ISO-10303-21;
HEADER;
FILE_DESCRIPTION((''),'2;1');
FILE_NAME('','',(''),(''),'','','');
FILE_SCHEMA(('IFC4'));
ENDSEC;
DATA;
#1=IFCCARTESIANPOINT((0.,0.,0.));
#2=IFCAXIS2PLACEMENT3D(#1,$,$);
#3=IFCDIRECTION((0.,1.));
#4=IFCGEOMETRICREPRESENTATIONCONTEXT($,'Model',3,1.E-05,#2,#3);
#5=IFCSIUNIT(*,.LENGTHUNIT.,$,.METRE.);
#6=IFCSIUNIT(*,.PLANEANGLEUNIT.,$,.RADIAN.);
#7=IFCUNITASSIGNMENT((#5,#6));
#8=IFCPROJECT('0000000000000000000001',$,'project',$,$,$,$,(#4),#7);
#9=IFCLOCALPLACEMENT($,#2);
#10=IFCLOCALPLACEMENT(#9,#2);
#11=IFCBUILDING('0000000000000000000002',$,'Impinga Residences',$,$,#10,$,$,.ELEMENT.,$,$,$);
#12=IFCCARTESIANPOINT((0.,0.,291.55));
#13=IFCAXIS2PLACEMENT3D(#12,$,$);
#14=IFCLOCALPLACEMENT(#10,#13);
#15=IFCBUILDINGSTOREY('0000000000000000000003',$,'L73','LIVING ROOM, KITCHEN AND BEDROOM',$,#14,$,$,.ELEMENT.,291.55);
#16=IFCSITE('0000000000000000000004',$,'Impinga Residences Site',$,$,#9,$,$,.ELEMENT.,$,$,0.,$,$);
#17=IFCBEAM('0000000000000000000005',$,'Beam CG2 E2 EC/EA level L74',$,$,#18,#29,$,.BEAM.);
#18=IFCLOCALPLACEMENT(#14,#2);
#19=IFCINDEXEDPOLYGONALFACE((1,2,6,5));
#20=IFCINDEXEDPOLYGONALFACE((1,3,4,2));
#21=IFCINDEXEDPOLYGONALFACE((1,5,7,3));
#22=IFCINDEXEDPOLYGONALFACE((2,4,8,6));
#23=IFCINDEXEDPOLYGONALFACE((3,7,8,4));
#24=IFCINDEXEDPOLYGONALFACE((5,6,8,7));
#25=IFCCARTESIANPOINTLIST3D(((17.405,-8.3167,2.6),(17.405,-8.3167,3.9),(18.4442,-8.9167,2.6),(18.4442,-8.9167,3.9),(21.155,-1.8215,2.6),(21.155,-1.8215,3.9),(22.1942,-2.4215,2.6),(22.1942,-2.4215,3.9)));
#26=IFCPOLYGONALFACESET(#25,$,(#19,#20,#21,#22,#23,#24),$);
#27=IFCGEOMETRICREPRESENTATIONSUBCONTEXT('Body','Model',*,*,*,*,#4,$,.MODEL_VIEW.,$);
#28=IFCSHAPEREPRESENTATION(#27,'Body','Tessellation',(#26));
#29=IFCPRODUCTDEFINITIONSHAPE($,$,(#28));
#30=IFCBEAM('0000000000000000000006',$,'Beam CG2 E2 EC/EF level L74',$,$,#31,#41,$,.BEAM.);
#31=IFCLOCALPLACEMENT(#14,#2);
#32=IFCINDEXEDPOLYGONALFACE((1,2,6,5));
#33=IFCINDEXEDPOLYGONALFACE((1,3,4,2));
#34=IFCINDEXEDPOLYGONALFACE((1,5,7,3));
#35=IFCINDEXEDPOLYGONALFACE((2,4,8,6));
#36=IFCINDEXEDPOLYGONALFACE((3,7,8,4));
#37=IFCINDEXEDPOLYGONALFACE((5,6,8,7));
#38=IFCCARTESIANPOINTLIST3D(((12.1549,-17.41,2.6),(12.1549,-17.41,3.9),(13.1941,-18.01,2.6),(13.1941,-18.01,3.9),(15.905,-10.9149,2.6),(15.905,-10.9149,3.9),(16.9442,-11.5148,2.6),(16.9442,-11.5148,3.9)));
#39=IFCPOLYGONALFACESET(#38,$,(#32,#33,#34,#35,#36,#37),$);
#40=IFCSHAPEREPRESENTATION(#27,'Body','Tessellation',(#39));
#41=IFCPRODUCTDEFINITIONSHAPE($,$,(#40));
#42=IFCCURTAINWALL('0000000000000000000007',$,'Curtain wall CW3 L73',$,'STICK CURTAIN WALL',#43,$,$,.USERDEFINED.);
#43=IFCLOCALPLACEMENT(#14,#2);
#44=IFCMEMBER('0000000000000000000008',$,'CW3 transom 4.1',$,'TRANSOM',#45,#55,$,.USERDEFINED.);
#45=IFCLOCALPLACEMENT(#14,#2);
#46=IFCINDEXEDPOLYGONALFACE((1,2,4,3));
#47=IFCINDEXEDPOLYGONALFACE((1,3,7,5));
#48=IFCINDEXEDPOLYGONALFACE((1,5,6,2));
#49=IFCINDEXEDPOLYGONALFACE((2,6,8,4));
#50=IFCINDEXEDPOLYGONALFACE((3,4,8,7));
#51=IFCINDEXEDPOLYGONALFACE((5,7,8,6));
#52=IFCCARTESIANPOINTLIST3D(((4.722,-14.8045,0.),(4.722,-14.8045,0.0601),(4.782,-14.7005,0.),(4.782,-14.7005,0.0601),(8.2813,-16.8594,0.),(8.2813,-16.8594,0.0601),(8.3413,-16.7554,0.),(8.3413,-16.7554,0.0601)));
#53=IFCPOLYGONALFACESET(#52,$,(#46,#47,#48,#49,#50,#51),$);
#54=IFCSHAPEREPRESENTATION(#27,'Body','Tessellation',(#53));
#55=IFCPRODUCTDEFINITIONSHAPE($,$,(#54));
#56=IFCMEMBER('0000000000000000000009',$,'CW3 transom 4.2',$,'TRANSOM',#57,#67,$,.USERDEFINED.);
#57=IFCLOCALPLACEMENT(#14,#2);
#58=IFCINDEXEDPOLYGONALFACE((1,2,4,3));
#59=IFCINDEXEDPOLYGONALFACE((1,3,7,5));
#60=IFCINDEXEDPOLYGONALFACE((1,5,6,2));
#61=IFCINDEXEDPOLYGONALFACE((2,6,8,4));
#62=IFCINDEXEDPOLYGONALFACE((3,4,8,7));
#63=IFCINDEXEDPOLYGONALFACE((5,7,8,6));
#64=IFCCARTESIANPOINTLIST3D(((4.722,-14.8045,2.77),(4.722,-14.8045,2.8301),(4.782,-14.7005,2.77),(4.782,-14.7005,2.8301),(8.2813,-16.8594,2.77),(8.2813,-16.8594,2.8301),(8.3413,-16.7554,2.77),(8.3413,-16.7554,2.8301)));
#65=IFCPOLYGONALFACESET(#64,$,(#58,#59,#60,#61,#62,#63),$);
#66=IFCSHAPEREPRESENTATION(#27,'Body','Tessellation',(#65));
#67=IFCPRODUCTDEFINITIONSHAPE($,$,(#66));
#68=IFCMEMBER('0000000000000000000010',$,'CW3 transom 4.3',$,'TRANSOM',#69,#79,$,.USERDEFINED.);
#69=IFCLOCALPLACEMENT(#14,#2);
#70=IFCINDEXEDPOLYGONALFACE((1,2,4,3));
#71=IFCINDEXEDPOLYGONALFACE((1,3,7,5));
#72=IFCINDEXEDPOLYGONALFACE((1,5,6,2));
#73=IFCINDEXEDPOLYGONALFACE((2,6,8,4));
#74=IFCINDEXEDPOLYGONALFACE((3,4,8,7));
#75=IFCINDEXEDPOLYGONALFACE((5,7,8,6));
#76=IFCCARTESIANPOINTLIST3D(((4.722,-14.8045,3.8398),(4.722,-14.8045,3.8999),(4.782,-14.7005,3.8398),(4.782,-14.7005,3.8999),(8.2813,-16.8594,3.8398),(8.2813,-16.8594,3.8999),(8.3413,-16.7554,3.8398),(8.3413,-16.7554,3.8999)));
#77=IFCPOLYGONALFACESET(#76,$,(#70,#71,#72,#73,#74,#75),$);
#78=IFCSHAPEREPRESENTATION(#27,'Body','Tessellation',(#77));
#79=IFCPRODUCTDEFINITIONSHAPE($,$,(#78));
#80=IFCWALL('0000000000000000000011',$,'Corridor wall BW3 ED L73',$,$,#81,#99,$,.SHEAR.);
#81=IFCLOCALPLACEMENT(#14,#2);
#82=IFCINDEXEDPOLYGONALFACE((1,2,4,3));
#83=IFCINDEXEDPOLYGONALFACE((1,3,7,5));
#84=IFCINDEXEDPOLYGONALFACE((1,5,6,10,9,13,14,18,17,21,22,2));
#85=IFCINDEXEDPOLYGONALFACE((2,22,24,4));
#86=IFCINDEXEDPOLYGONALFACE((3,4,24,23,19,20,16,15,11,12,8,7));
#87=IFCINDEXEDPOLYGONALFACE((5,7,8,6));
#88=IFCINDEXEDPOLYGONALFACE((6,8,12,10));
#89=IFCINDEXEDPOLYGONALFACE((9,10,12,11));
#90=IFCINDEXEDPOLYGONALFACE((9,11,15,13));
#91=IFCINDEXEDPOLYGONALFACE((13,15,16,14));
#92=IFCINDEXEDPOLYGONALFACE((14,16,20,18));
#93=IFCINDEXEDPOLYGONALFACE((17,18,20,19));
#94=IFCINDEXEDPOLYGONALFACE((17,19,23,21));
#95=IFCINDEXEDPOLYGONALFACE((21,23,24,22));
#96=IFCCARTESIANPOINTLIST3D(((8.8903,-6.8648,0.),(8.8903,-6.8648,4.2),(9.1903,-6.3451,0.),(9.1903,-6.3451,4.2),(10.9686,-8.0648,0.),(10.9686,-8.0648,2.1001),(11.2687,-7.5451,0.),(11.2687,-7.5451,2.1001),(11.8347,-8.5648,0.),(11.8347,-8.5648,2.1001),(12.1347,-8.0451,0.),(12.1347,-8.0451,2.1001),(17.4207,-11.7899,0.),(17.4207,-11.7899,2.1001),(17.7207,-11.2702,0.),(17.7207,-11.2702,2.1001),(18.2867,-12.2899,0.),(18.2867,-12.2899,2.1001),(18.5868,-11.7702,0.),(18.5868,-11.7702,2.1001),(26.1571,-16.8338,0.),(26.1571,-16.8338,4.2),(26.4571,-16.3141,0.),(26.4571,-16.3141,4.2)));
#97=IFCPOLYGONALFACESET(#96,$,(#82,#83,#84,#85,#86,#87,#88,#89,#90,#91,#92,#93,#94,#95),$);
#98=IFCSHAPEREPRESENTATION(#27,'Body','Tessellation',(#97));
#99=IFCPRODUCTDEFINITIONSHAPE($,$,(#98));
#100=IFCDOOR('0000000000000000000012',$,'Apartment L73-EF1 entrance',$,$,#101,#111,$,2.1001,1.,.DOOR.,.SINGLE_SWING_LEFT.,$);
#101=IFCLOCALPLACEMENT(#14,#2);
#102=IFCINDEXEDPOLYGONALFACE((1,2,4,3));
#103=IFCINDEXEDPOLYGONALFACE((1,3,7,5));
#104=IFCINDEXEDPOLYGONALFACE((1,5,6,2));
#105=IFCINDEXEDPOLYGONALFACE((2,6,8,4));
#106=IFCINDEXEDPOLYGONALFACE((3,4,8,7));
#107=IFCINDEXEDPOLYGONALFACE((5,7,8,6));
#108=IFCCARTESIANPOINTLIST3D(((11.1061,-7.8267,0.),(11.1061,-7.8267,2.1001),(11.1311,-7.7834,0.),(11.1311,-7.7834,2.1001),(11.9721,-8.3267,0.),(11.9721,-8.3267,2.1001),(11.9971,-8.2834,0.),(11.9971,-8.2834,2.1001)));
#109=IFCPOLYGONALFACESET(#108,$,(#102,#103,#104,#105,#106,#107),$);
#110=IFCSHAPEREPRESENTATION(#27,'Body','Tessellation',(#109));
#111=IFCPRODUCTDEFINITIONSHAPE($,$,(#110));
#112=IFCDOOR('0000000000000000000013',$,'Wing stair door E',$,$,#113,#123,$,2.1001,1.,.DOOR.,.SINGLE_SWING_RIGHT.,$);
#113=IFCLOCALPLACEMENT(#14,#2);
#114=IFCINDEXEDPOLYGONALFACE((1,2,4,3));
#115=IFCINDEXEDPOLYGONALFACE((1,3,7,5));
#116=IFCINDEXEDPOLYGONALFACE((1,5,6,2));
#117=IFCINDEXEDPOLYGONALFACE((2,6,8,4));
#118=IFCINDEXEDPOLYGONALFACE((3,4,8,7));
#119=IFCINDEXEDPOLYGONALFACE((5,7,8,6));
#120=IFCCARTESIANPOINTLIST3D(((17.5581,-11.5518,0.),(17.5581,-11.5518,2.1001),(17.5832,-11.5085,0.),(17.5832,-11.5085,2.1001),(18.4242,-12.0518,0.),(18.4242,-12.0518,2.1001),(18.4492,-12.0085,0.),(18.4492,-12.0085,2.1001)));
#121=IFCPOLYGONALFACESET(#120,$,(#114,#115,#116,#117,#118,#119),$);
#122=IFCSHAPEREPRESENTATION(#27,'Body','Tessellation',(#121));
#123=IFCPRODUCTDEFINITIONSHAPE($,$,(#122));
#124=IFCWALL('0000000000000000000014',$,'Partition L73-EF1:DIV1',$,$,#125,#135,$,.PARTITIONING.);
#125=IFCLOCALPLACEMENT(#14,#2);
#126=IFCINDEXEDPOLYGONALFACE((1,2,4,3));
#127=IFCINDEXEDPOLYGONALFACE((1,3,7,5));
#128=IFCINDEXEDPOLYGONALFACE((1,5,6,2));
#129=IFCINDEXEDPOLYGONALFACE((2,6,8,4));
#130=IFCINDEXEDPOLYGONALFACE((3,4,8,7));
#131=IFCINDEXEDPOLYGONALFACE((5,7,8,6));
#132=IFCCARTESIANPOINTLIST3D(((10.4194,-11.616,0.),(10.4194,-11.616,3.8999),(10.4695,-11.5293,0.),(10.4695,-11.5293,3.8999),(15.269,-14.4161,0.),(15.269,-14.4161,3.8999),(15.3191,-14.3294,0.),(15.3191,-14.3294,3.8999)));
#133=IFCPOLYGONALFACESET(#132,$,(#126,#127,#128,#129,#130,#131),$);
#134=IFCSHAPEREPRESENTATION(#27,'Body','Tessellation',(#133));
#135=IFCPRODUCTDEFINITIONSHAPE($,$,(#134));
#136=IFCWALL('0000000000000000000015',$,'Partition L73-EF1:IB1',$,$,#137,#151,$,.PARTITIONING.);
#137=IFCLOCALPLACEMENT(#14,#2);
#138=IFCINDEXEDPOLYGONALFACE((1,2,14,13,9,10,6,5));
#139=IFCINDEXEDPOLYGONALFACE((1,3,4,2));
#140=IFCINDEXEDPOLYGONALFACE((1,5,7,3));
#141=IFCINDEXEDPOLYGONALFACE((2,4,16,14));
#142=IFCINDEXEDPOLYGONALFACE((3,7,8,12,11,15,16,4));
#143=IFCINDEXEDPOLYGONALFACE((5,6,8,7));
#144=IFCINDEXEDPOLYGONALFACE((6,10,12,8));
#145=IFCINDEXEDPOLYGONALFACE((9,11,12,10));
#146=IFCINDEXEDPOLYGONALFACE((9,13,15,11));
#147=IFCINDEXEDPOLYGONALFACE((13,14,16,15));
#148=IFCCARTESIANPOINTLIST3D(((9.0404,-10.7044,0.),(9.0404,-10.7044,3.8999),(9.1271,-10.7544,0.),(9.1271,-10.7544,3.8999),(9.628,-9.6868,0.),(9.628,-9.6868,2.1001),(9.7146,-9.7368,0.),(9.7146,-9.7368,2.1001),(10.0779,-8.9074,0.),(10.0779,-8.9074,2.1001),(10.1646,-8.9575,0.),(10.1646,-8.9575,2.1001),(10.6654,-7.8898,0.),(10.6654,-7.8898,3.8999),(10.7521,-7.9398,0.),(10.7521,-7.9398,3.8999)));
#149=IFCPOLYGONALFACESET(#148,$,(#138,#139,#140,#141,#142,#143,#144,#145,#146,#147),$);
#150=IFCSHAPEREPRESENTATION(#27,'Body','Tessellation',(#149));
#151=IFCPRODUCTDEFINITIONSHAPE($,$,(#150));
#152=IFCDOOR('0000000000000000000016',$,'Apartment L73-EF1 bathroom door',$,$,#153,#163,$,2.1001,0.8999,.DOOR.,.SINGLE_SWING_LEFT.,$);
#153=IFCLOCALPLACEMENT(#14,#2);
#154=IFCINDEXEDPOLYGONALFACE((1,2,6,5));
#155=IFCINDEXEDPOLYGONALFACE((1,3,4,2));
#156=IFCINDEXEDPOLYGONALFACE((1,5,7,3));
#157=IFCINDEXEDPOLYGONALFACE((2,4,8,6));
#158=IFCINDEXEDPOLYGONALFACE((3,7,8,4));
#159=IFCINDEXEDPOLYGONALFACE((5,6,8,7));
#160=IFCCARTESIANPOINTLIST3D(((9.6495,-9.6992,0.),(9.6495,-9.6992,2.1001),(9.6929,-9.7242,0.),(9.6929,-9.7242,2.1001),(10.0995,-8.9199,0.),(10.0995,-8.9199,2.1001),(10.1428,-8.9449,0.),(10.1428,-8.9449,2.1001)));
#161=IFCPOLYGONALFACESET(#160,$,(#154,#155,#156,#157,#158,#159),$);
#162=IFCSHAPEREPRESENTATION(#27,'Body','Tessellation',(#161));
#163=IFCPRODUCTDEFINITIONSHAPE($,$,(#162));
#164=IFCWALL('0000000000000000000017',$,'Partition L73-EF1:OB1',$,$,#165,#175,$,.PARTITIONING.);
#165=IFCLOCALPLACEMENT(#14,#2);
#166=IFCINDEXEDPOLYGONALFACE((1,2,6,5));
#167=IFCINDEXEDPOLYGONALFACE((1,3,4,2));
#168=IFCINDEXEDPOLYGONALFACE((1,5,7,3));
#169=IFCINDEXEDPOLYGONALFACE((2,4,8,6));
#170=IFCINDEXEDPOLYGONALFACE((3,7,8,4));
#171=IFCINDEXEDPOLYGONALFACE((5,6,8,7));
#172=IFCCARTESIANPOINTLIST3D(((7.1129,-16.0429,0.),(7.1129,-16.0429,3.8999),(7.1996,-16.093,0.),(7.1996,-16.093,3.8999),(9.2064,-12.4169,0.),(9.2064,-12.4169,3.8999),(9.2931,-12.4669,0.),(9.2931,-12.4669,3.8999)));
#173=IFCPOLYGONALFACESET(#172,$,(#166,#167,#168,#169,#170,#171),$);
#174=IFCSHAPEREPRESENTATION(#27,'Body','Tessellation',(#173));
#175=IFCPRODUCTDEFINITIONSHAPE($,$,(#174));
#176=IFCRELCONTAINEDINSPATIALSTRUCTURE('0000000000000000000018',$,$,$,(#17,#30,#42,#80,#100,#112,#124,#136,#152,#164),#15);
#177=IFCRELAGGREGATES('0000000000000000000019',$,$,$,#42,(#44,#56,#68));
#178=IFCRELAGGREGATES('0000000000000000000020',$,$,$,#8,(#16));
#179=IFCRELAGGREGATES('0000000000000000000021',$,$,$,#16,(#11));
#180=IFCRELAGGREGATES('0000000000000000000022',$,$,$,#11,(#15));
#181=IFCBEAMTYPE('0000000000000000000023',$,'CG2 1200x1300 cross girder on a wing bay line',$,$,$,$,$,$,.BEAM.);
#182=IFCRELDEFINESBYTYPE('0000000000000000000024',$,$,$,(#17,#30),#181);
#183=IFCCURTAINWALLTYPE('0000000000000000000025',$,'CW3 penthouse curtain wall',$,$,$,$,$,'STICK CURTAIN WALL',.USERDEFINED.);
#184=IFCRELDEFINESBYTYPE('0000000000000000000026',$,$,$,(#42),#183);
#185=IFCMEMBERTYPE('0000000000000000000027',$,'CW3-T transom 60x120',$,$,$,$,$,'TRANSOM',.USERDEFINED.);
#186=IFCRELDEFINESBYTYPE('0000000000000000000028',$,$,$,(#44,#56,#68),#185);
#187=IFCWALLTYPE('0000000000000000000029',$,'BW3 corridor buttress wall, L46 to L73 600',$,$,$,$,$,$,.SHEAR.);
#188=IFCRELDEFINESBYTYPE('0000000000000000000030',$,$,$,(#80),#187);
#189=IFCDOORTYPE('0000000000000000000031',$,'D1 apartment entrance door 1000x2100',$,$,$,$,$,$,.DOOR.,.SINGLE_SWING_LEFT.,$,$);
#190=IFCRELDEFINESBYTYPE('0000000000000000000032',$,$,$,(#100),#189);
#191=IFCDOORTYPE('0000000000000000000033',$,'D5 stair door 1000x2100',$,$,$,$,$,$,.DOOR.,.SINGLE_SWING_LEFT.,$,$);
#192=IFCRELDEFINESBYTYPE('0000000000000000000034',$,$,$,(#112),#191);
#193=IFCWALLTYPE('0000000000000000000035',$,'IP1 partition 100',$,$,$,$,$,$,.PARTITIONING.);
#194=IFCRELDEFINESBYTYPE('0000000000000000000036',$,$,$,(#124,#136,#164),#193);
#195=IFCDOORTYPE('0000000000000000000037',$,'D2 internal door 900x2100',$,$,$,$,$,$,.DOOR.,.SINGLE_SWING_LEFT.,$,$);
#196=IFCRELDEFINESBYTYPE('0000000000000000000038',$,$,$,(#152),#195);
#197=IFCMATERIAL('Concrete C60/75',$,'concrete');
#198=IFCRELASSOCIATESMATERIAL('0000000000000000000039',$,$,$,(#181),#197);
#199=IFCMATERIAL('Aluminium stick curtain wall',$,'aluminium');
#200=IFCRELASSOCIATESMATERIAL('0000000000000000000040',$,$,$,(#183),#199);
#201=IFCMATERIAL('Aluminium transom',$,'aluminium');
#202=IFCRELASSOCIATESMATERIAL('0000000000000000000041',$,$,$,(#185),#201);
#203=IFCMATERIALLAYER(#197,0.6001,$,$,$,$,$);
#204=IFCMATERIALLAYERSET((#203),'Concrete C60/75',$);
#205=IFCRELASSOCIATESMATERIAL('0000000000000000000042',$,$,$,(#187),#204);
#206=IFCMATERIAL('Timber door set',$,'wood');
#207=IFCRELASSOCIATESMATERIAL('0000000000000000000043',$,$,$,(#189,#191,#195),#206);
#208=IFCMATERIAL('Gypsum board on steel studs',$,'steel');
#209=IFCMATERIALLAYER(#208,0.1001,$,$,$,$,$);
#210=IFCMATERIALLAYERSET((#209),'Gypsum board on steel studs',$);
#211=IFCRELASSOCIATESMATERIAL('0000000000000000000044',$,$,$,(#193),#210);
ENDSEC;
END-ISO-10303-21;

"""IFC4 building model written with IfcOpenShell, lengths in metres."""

from ifc_helpers import new_model, si_unit, direction, frame, frame_2d, origin, origin_2d, place, context, subcontext, project, spatial, rectangle, extrude, material, layer, layer_set, material_profile, profile_set, type_object, element, fill, aggregate, save


model = new_model("IFC4")

# Units and contexts
model_context = context("Model", 3, precision=1e-05, world=origin(), true_north=direction((0.0, 1.0)))
body_context = subcontext(model_context, "Body", "Model", "MODEL_VIEW")
ifc_project = project(units=[si_unit("LENGTHUNIT", "METRE"), si_unit("PLANEANGLEUNIT", "RADIAN")], contexts=[model_context])

# Site, building, storey
site_placement = place(None, origin())
site = spatial("IfcSite", under=ifc_project, at=site_placement, Name="Impinga Residences Site", CompositionType="ELEMENT", RefElevation=0.0)
building_placement = place(site_placement, origin())
building = spatial("IfcBuilding", under=site, at=building_placement, Name="Impinga Residences", CompositionType="ELEMENT")
storey_placement = place(building_placement, frame((0.0, 0.0, 291.55)))
storey = spatial("IfcBuildingStorey", under=building, at=storey_placement, Name="L73", Description="LIVING ROOM, KITCHEN AND BEDROOM", CompositionType="ELEMENT", Elevation=291.55)

# Beams
ifc_material_1 = material(Name="Concrete C60/75", Category="concrete")
ifc_material_profile_1 = material_profile(ifc_material_1, rectangle(XDim=1.2, YDim=1.3, at=origin_2d()), Name="RC 1200x1300")
ifc_profile_set_1 = profile_set([ifc_material_profile_1], Name="Concrete C60/75")
beam_type = type_object("IfcBeamType", Name="CG2 1200x1300 cross girder on a wing bay line", PredefinedType="BEAM", material=ifc_profile_set_1)
for number, where, z_axis, x_axis, name in (
    (1, (17.9246, -8.6167, 3.25), (0.500004, 0.866023, 0.0), (-0.866023, 0.500004, 0.0), "Beam CG2 E2 EC/EA level L74"),
    (2, (16.4246, -11.2148, 3.25), (-0.500004, -0.866023, 0.0), (0.866023, -0.500004, 0.0), "Beam CG2 E2 EC/EF level L74"),
):
    element("IfcBeam", number, at=place(storey_placement, frame(where, z_axis=z_axis, x_axis=x_axis)), inside=storey, type_object=beam_type, Name=name, PredefinedType="BEAM", context=body_context, shape_type="SweptSolid", body=[
        extrude(rectangle(XDim=1.2, YDim=1.3, at=origin_2d()), origin(), (0.0, 0.0, 1.0), 7.5),
    ])

# Curtain wall, members
ifc_material_2 = material(Name="Aluminium stick curtain wall", Category="aluminium")
curtain_wall_type = type_object("IfcCurtainWallType", Name="CW3 penthouse curtain wall", ElementType="STICK CURTAIN WALL", PredefinedType="USERDEFINED", material=ifc_material_2)
curtain_wall_placement = place(storey_placement, origin())
curtain_wall = element("IfcCurtainWall", 3, at=curtain_wall_placement, inside=storey, type_object=curtain_wall_type, Name="Curtain wall CW3 L73", ObjectType="STICK CURTAIN WALL", PredefinedType="USERDEFINED")
ifc_material_3 = material(Name="Aluminium transom", Category="aluminium")
ifc_material_profile_2 = material_profile(ifc_material_3, rectangle(XDim=0.0601, YDim=0.1201, at=origin_2d()), Name="60x120 transom")
ifc_profile_set_2 = profile_set([ifc_material_profile_2], Name="Aluminium transom")
member_type = type_object("IfcMemberType", Name="CW3-T transom 60x120", ElementType="TRANSOM", PredefinedType="USERDEFINED", material=ifc_profile_set_2)
member_1_placement = place(storey_placement, frame((8.3113, -16.8074, 0.03), z_axis=(-0.86603, 0.499992, 0.0), x_axis=(0.0, 0.0, 1.0)))
member_1 = element("IfcMember", 4, at=member_1_placement, type_object=member_type, Name="CW3 transom 4.1", ObjectType="TRANSOM", PredefinedType="USERDEFINED", context=body_context, shape_type="SweptSolid", body=[
    extrude(rectangle(XDim=0.0601, YDim=0.1201, at=origin_2d()), origin(), (0.0, 0.0, 1.0), 4.1099),
])
member_2_placement = place(storey_placement, frame((8.3113, -16.8074, 2.8), z_axis=(-0.86603, 0.499992, 0.0), x_axis=(0.0, 0.0, 1.0)))
member_2 = element("IfcMember", 5, at=member_2_placement, type_object=member_type, Name="CW3 transom 4.2", ObjectType="TRANSOM", PredefinedType="USERDEFINED", context=body_context, shape_type="SweptSolid", body=[
    extrude(rectangle(XDim=0.0601, YDim=0.1201, at=origin_2d()), origin(), (0.0, 0.0, 1.0), 4.1099),
])
member_3_placement = place(storey_placement, frame((8.3113, -16.8074, 3.8699), z_axis=(-0.86603, 0.499992, 0.0), x_axis=(0.0, 0.0, 1.0)))
member_3 = element("IfcMember", 6, at=member_3_placement, type_object=member_type, Name="CW3 transom 4.3", ObjectType="TRANSOM", PredefinedType="USERDEFINED", context=body_context, shape_type="SweptSolid", body=[
    extrude(rectangle(XDim=0.0601, YDim=0.1201, at=origin_2d()), origin(), (0.0, 0.0, 1.0), 4.1099),
])
aggregate(curtain_wall, [member_1, member_2, member_3])

# Wall, openings, doors
ifc_layer_1 = layer(ifc_material_1, 0.6001)
ifc_layer_set_1 = layer_set([ifc_layer_1], Name="Concrete C60/75")
wall_type_1 = type_object("IfcWallType", Name="BW3 corridor buttress wall, L46 to L73 600", PredefinedType="SHEAR", material=ifc_layer_set_1)
wall_1_placement = place(storey_placement, frame((9.0403, -6.605, 0.0), z_axis=(0.0, 0.0, 1.0), x_axis=(0.866026, -0.499999, 0.0)))
wall_1 = element("IfcWall", 7, at=wall_1_placement, inside=storey, type_object=wall_type_1, Name="Corridor wall BW3 ED L73", PredefinedType="SHEAR", context=body_context, shape_type="SweptSolid", body=[
    extrude(rectangle(XDim=19.938, YDim=0.6001, at=frame_2d((9.969, 0.0))), origin(), (0.0, 0.0, 1.0), 4.2),
])
opening_1_placement = place(wall_1_placement, frame((9.8501, 0.0, 0.0)))
opening_1 = element("IfcOpeningElement", 8, at=opening_1_placement, cuts=wall_1, PredefinedType="OPENING", context=body_context, shape_type="SweptSolid", body=[
    extrude(rectangle(XDim=1.0, YDim=2.1001, at=frame_2d((0.5, 1.05))), frame((0.0, 0.3101, 0.0), z_axis=(0.0, -1.0, 0.0), x_axis=(1.0, 0.0, 0.0)), (0.0, 0.0, 1.0), 0.6201),
])
opening_2_placement = place(wall_1_placement, frame((2.3999, 0.0, 0.0)))
opening_2 = element("IfcOpeningElement", 9, at=opening_2_placement, cuts=wall_1, PredefinedType="OPENING", context=body_context, shape_type="SweptSolid", body=[
    extrude(rectangle(XDim=1.0, YDim=2.1001, at=frame_2d((0.5, 1.05))), frame((0.0, 0.3101, 0.0), z_axis=(0.0, -1.0, 0.0), x_axis=(1.0, 0.0, 0.0)), (0.0, 0.0, 1.0), 0.6201),
])
ifc_material_4 = material(Name="Timber door set", Category="wood")
door_type_1 = type_object("IfcDoorType", Name="D1 apartment entrance door 1000x2100", OperationType="SINGLE_SWING_LEFT", PredefinedType="DOOR", material=ifc_material_4)
door_1_placement = place(opening_2_placement, origin())
door_1 = element("IfcDoor", 10, at=door_1_placement, inside=storey, type_object=door_type_1, Name="Apartment L73-EF1 entrance", OperationType="SINGLE_SWING_LEFT", OverallHeight=2.1001, OverallWidth=1.0, PredefinedType="DOOR", context=body_context, shape_type="SweptSolid", body=[
    extrude(rectangle(XDim=1.0, YDim=2.1001, at=frame_2d((0.5, 1.05))), frame((0.0, 0.0249, 0.0), z_axis=(0.0, -1.0, 0.0), x_axis=(1.0, 0.0, 0.0)), (0.0, 0.0, 1.0), 0.05),
])
fill(opening_2, door_1)
door_type_2 = type_object("IfcDoorType", Name="D5 stair door 1000x2100", OperationType="SINGLE_SWING_LEFT", PredefinedType="DOOR", material=ifc_material_4)
door_2_placement = place(opening_1_placement, origin())
door_2 = element("IfcDoor", 11, at=door_2_placement, inside=storey, type_object=door_type_2, Name="Wing stair door E", OperationType="SINGLE_SWING_RIGHT", OverallHeight=2.1001, OverallWidth=1.0, PredefinedType="DOOR", context=body_context, shape_type="SweptSolid", body=[
    extrude(rectangle(XDim=1.0, YDim=2.1001, at=frame_2d((0.5, 1.05))), frame((0.0, 0.0249, 0.0), z_axis=(0.0, -1.0, 0.0), x_axis=(1.0, 0.0, 0.0)), (0.0, 0.0, 1.0), 0.05),
])
fill(opening_1, door_2)

# Wall
ifc_material_5 = material(Name="Gypsum board on steel studs", Category="steel")
ifc_layer_2 = layer(ifc_material_5, 0.1001)
ifc_layer_set_2 = layer_set([ifc_layer_2], Name="Gypsum board on steel studs")
wall_type_2 = type_object("IfcWallType", Name="IP1 partition 100", PredefinedType="PARTITIONING", material=ifc_layer_set_2)
wall_2_placement = place(storey_placement, frame((10.4446, -11.5728, 0.0), z_axis=(0.0, 0.0, 1.0), x_axis=(0.866016, -0.500017, 0.0)))
element("IfcWall", 12, at=wall_2_placement, inside=storey, type_object=wall_type_2, Name="Partition L73-EF1:DIV1", PredefinedType="PARTITIONING", context=body_context, shape_type="SweptSolid", body=[
    extrude(rectangle(XDim=5.5999, YDim=0.1001, at=frame_2d((2.7998, 0.0))), origin(), (0.0, 0.0, 1.0), 3.8999),
])

# Wall, opening, door
wall_3_placement = place(storey_placement, frame((10.7087, -7.9148, 0.0), z_axis=(0.0, 0.0, 1.0), x_axis=(-0.499985, -0.866034, 0.0)))
wall_3 = element("IfcWall", 13, at=wall_3_placement, inside=storey, type_object=wall_type_2, Name="Partition L73-EF1:IB1", PredefinedType="PARTITIONING", context=body_context, shape_type="SweptSolid", body=[
    extrude(rectangle(XDim=3.25, YDim=0.1001, at=frame_2d((1.625, 0.0))), origin(), (0.0, 0.0, 1.0), 3.8999),
])
opening_3_placement = place(wall_3_placement, frame((1.175, 0.0, 0.0)))
opening_3 = element("IfcOpeningElement", 14, at=opening_3_placement, cuts=wall_3, PredefinedType="OPENING", context=body_context, shape_type="SweptSolid", body=[
    extrude(rectangle(XDim=0.8999, YDim=2.1001, at=frame_2d((0.45, 1.05))), frame((0.0, 0.0601, 0.0), z_axis=(0.0, -1.0, 0.0), x_axis=(1.0, 0.0, 0.0)), (0.0, 0.0, 1.0), 0.1201),
])
door_type_3 = type_object("IfcDoorType", Name="D2 internal door 900x2100", OperationType="SINGLE_SWING_LEFT", PredefinedType="DOOR", material=ifc_material_4)
door_3_placement = place(opening_3_placement, origin())
door_3 = element("IfcDoor", 15, at=door_3_placement, inside=storey, type_object=door_type_3, Name="Apartment L73-EF1 bathroom door", OperationType="SINGLE_SWING_LEFT", OverallHeight=2.1001, OverallWidth=0.8999, PredefinedType="DOOR", context=body_context, shape_type="SweptSolid", body=[
    extrude(rectangle(XDim=0.8999, YDim=2.1001, at=frame_2d((0.45, 1.05))), frame((0.0, 0.0249, 0.0), z_axis=(0.0, -1.0, 0.0), x_axis=(1.0, 0.0, 0.0)), (0.0, 0.0, 1.0), 0.05),
])
fill(opening_3, door_3)

# Wall
for number, where, z_axis, x_axis, name in (
    (16, (9.2498, -12.4419, 0.0), (0.0, 0.0, 1.0), (-0.500008, -0.866021, 0.0), "Partition L73-EF1:OB1"),
):
    element("IfcWall", number, at=place(storey_placement, frame(where, z_axis=z_axis, x_axis=x_axis)), inside=storey, type_object=wall_type_2, Name=name, PredefinedType="PARTITIONING", context=body_context, shape_type="SweptSolid", body=[
        extrude(rectangle(XDim=4.187, YDim=0.1001, at=frame_2d((2.0935, 0.0))), origin(), (0.0, 0.0, 1.0), 3.8999),
    ])

save(model, "model.ifc")
